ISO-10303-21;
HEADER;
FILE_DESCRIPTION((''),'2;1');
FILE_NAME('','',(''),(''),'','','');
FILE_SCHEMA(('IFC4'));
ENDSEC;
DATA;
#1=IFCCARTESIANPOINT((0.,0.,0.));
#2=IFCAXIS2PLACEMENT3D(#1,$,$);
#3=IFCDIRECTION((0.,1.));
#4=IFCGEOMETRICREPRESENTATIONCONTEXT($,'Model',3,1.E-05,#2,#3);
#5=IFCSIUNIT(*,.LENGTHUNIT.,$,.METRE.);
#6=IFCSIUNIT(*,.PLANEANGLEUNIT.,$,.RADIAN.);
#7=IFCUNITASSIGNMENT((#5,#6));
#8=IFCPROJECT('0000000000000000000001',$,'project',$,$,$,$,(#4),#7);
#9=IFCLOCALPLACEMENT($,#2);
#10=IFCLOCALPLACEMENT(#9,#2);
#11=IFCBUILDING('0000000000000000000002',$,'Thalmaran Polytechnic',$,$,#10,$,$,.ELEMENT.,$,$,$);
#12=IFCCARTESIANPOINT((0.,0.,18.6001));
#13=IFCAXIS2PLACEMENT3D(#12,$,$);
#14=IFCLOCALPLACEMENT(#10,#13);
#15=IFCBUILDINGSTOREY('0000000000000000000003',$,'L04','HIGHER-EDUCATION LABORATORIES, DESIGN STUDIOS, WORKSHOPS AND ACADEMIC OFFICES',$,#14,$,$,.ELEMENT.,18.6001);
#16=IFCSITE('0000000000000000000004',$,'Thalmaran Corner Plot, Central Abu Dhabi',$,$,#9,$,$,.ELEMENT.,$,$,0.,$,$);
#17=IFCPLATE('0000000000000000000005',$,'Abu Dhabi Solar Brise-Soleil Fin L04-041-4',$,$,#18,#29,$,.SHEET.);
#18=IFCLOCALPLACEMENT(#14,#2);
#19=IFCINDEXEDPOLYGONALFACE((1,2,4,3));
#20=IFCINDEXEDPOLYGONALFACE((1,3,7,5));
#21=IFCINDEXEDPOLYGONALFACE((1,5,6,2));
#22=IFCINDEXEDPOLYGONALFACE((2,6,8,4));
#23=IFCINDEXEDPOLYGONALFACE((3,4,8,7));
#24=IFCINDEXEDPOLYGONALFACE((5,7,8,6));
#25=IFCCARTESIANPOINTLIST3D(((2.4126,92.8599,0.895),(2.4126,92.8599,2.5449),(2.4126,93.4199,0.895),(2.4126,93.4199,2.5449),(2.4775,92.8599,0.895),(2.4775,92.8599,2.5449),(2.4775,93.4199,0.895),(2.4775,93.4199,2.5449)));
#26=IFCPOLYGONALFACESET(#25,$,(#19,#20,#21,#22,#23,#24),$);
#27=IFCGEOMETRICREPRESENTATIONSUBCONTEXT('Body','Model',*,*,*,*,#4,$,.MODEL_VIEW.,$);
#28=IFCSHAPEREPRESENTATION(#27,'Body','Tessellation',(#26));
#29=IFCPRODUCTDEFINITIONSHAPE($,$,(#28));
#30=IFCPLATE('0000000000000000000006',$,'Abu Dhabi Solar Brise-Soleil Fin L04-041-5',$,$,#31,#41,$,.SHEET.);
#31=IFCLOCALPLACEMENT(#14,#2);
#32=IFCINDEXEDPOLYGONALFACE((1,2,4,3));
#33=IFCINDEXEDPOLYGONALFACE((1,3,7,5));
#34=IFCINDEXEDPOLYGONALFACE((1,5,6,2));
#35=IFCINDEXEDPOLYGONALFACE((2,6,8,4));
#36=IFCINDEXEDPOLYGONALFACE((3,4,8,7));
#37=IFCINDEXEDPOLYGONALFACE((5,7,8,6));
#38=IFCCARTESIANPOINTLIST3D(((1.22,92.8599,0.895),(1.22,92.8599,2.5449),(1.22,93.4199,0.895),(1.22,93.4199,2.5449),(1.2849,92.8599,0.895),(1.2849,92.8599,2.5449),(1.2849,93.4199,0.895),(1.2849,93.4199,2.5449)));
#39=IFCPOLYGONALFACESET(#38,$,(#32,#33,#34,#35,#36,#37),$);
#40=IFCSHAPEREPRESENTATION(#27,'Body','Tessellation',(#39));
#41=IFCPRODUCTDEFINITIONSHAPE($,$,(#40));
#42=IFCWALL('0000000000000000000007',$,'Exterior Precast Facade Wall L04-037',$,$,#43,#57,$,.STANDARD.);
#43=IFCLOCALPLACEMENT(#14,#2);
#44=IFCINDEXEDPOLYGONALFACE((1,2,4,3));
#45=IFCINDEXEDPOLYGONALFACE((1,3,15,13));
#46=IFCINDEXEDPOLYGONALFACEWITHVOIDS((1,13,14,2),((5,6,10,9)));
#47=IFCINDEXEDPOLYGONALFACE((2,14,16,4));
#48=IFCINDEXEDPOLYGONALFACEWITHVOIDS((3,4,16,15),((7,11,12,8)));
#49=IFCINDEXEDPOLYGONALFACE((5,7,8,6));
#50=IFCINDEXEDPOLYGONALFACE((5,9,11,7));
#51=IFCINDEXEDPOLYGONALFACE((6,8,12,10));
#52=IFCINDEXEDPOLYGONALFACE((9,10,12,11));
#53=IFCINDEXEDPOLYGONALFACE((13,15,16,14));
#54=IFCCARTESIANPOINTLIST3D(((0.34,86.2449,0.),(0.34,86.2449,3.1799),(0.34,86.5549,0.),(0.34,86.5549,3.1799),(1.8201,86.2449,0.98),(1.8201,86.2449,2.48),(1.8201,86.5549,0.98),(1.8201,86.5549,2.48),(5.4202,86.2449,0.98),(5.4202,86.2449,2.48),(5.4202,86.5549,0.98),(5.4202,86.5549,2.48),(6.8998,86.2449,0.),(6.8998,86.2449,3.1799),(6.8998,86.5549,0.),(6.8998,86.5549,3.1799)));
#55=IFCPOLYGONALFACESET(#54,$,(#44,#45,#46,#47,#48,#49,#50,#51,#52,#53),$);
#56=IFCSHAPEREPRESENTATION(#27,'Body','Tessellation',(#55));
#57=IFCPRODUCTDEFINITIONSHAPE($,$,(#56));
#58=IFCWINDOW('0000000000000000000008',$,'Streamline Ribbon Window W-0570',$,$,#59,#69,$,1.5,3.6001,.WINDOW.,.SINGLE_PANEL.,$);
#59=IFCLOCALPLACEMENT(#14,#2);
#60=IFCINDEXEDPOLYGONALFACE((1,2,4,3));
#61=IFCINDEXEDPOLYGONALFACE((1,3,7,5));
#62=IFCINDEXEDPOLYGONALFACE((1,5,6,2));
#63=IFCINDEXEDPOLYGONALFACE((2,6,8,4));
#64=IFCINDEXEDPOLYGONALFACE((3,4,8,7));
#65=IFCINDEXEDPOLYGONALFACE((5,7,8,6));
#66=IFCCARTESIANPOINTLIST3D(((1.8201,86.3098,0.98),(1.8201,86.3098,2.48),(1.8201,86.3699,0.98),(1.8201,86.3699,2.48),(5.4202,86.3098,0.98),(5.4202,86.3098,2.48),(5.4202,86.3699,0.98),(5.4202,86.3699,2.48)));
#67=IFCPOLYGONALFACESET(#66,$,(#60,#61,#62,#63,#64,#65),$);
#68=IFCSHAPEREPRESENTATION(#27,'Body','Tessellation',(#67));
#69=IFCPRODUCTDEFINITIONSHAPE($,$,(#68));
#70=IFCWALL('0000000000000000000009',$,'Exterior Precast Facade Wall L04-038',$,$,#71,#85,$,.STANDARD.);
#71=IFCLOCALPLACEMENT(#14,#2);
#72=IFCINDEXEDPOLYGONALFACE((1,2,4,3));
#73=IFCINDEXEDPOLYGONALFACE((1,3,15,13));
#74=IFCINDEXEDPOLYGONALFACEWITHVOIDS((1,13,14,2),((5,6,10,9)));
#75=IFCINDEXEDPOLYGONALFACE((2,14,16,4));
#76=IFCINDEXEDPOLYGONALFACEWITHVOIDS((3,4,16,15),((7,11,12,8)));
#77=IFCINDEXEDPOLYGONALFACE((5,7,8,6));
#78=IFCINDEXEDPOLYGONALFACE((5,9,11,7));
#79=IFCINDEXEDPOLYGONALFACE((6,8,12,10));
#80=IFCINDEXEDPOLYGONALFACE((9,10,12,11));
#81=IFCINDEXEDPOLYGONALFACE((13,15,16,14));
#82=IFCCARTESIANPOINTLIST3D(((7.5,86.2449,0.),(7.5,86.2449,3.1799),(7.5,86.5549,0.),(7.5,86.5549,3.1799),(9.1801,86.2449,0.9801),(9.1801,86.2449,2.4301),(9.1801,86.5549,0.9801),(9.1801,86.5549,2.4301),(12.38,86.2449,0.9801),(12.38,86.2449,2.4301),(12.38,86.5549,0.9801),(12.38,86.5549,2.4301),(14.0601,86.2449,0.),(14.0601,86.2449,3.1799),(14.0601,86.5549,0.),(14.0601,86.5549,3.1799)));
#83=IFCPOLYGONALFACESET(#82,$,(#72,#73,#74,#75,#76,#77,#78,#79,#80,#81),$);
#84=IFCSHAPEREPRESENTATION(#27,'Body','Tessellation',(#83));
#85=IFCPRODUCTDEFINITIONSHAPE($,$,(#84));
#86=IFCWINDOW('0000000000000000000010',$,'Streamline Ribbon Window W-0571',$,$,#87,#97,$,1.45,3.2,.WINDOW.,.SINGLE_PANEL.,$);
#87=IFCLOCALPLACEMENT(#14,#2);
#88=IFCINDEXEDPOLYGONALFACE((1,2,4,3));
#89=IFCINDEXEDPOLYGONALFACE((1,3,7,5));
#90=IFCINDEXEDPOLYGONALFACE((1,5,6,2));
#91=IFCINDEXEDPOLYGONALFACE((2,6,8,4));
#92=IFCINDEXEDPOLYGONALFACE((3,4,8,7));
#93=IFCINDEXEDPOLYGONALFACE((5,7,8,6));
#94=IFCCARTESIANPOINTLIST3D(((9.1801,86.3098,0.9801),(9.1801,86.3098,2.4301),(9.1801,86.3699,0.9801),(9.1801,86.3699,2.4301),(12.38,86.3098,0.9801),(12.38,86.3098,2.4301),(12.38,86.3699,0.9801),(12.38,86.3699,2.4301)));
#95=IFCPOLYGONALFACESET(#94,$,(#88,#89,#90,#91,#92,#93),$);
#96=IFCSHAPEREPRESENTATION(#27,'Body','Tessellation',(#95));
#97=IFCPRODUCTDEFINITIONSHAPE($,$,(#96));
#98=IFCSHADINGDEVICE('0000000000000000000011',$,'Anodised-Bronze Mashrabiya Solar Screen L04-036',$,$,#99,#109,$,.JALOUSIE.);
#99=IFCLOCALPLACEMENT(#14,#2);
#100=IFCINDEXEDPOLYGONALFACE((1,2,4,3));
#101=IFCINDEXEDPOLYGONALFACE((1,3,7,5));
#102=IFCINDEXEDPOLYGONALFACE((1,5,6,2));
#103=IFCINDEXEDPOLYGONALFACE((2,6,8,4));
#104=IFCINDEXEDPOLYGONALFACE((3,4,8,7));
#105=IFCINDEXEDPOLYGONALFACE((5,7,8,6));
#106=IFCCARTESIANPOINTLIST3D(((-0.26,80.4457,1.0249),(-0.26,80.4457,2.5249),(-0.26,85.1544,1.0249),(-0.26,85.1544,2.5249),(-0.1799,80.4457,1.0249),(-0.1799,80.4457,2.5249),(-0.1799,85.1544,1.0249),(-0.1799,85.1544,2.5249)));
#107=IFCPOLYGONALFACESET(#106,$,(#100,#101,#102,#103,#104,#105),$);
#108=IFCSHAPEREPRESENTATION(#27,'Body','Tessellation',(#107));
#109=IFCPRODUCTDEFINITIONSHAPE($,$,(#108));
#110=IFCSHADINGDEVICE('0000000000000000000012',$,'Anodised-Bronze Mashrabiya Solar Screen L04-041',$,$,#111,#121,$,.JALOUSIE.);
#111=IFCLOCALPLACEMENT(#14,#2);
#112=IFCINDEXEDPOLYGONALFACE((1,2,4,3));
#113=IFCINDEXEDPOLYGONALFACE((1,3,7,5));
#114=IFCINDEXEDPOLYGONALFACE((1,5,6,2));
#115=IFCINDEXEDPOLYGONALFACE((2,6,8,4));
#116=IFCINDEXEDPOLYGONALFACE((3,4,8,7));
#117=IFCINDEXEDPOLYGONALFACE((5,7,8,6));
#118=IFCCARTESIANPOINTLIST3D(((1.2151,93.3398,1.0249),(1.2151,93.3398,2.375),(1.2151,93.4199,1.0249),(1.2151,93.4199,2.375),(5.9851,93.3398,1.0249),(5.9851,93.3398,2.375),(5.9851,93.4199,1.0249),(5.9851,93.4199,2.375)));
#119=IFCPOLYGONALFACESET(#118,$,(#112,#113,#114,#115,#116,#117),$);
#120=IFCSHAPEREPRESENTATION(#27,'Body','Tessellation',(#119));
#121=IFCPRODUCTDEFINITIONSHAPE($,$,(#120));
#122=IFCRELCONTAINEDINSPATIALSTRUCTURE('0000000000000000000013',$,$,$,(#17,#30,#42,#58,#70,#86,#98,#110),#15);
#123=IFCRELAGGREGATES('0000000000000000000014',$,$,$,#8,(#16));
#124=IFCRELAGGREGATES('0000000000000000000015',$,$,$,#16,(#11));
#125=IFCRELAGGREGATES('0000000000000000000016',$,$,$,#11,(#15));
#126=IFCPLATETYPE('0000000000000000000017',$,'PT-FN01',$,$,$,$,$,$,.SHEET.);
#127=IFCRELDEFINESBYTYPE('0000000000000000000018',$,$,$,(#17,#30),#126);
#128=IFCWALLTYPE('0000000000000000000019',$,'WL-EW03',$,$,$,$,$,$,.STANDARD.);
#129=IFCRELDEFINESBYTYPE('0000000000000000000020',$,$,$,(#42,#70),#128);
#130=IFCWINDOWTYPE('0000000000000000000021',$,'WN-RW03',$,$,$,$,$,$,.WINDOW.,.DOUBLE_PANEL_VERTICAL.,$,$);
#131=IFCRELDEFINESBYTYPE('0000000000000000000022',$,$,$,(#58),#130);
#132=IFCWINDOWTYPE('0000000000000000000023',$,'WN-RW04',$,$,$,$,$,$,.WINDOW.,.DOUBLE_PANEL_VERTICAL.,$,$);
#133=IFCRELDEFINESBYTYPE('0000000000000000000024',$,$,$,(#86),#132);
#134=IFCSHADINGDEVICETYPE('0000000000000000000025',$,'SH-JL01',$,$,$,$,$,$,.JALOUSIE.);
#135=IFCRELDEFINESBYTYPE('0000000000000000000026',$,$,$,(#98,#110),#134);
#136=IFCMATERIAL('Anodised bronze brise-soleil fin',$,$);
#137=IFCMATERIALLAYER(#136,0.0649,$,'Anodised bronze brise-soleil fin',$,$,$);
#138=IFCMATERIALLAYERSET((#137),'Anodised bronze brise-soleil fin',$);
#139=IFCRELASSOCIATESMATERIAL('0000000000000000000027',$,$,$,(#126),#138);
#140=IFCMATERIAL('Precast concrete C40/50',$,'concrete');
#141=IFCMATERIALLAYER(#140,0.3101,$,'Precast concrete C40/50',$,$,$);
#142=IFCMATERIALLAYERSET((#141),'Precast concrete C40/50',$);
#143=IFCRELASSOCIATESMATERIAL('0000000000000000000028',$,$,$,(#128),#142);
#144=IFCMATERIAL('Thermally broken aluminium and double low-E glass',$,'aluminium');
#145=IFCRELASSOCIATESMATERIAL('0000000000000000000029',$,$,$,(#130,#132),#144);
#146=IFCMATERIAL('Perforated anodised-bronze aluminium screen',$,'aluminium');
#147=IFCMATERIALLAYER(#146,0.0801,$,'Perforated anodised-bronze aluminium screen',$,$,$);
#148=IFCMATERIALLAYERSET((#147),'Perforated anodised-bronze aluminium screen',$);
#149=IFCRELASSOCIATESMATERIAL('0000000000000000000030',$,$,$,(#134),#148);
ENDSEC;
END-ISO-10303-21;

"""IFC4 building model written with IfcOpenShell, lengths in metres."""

from ifc_helpers import new_model, si_unit, direction, frame, frame_2d, origin, origin_2d, place, context, subcontext, project, spatial, rectangle, extrude, material, layer, layer_set, type_object, element, fill, save


model = new_model("IFC4")

# Units and contexts
model_context = context("Model", 3, precision=1e-05, world=origin(), true_north=direction((0.0, 1.0)))
body_context = subcontext(model_context, "Body", "Model", "MODEL_VIEW")
ifc_project = project(units=[si_unit("LENGTHUNIT", "METRE"), si_unit("PLANEANGLEUNIT", "RADIAN")], contexts=[model_context])

# Site, building, storey
site_placement = place(None, origin())
site = spatial("IfcSite", under=ifc_project, at=site_placement, Name="Thalmaran Corner Plot, Central Abu Dhabi", CompositionType="ELEMENT", RefElevation=0.0)
building_placement = place(site_placement, origin())
building = spatial("IfcBuilding", under=site, at=building_placement, Name="Thalmaran Polytechnic", CompositionType="ELEMENT")
storey_placement = place(building_placement, frame((0.0, 0.0, 18.6001)))
storey = spatial("IfcBuildingStorey", under=building, at=storey_placement, Name="L04", Description="HIGHER-EDUCATION LABORATORIES, DESIGN STUDIOS, WORKSHOPS AND ACADEMIC OFFICES", CompositionType="ELEMENT", Elevation=18.6001)

# Plates
ifc_material_1 = material(Name="Anodised bronze brise-soleil fin")
ifc_layer_1 = layer(ifc_material_1, 0.0649, Name="Anodised bronze brise-soleil fin")
ifc_layer_set_1 = layer_set([ifc_layer_1], Name="Anodised bronze brise-soleil fin")
plate_type_1 = type_object("IfcPlateType", Name="PT-FN01", PredefinedType="SHEET", material=ifc_layer_set_1)
for number, where, z_axis, x_axis, name in (
    (1, (2.4451, 93.1399, 0.895), (0.0, 0.0, 1.0), (-1.0, 0.0, 0.0), "Abu Dhabi Solar Brise-Soleil Fin L04-041-4"),
    (2, (1.2524, 93.1399, 0.895), (0.0, 0.0, 1.0), (-1.0, 0.0, 0.0), "Abu Dhabi Solar Brise-Soleil Fin L04-041-5"),
):
    element("IfcPlate", number, at=place(storey_placement, frame(where, z_axis=z_axis, x_axis=x_axis)), inside=storey, type_object=plate_type_1, Name=name, PredefinedType="SHEET", context=body_context, shape_type="SweptSolid", body=[
        extrude(rectangle(XDim=0.0649, YDim=0.5601, at=origin_2d()), origin(), (0.0, 0.0, 1.0), 1.6499),
    ])

# Walls, openings, windows
ifc_material_2 = material(Name="Precast concrete C40/50", Category="concrete")
ifc_layer_2 = layer(ifc_material_2, 0.3101, Name="Precast concrete C40/50")
ifc_layer_set_2 = layer_set([ifc_layer_2], Name="Precast concrete C40/50")
wall_type = type_object("IfcWallType", Name="WL-EW03", PredefinedType="STANDARD", material=ifc_layer_set_2)
wall_1_placement = place(storey_placement, frame((0.3401, 86.3999, 0.0), z_axis=(0.0, 0.0, 1.0), x_axis=(1.0, 0.0, 0.0)))
wall_1 = element("IfcWall", 3, at=wall_1_placement, inside=storey, type_object=wall_type, Name="Exterior Precast Facade Wall L04-037", PredefinedType="STANDARD", context=body_context, shape_type="SweptSolid", body=[
    extrude(rectangle(XDim=6.5598, YDim=0.3101, at=frame_2d((3.2798, 0.0))), origin(), (0.0, 0.0, 1.0), 3.1799),
])
opening_1_placement = place(wall_1_placement, frame((1.48, 0.0, 0.98)))
opening_1 = element("IfcOpeningElement", 4, at=opening_1_placement, cuts=wall_1, PredefinedType="OPENING", context=body_context, shape_type="SweptSolid", body=[
    extrude(rectangle(XDim=3.6001, YDim=1.5, at=frame_2d((1.8, 0.75))), frame((0.0, 0.165, 0.0), z_axis=(0.0, -1.0, 0.0), x_axis=(1.0, 0.0, 0.0)), (0.0, 0.0, 1.0), 0.3301),
])
ifc_material_3 = material(Name="Thermally broken aluminium and double low-E glass", Category="aluminium")
window_type_1 = type_object("IfcWindowType", Name="WN-RW03", PartitioningType="DOUBLE_PANEL_VERTICAL", PredefinedType="WINDOW", material=ifc_material_3)
window_1_placement = place(opening_1_placement, origin())
window_1 = element("IfcWindow", 5, at=window_1_placement, inside=storey, type_object=window_type_1, Name="Streamline Ribbon Window W-0570", OverallHeight=1.5, OverallWidth=3.6001, PartitioningType="SINGLE_PANEL", PredefinedType="WINDOW", context=body_context, shape_type="SweptSolid", body=[
    extrude(rectangle(XDim=3.6001, YDim=1.5, at=frame_2d((1.8, 0.75))), frame((0.0, -0.03, 0.0), z_axis=(0.0, -1.0, 0.0), x_axis=(1.0, 0.0, 0.0)), (0.0, 0.0, 1.0), 0.0601),
])
fill(opening_1, window_1)
wall_2_placement = place(storey_placement, frame((7.5, 86.3999, 0.0), z_axis=(0.0, 0.0, 1.0), x_axis=(1.0, 0.0, 0.0)))
wall_2 = element("IfcWall", 6, at=wall_2_placement, inside=storey, type_object=wall_type, Name="Exterior Precast Facade Wall L04-038", PredefinedType="STANDARD", context=body_context, shape_type="SweptSolid", body=[
    extrude(rectangle(XDim=6.5601, YDim=0.3101, at=frame_2d((3.28, 0.0))), origin(), (0.0, 0.0, 1.0), 3.1799),
])
opening_2_placement = place(wall_2_placement, frame((1.6799, 0.0, 0.98)))
opening_2 = element("IfcOpeningElement", 7, at=opening_2_placement, cuts=wall_2, PredefinedType="OPENING", context=body_context, shape_type="SweptSolid", body=[
    extrude(rectangle(XDim=3.2, YDim=1.45, at=frame_2d((1.6001, 0.7251))), frame((0.0, 0.165, 0.0), z_axis=(0.0, -1.0, 0.0), x_axis=(1.0, 0.0, 0.0)), (0.0, 0.0, 1.0), 0.3301),
])
window_type_2 = type_object("IfcWindowType", Name="WN-RW04", PartitioningType="DOUBLE_PANEL_VERTICAL", PredefinedType="WINDOW", material=ifc_material_3)
window_2_placement = place(opening_2_placement, origin())
window_2 = element("IfcWindow", 8, at=window_2_placement, inside=storey, type_object=window_type_2, Name="Streamline Ribbon Window W-0571", OverallHeight=1.45, OverallWidth=3.2, PartitioningType="SINGLE_PANEL", PredefinedType="WINDOW", context=body_context, shape_type="SweptSolid", body=[
    extrude(rectangle(XDim=3.2, YDim=1.45, at=frame_2d((1.6001, 0.7251))), frame((0.0, -0.03, 0.0), z_axis=(0.0, -1.0, 0.0), x_axis=(1.0, 0.0, 0.0)), (0.0, 0.0, 1.0), 0.0601),
])
fill(opening_2, window_2)

# Shading devices
ifc_material_4 = material(Name="Perforated anodised-bronze aluminium screen", Category="aluminium")
ifc_layer_3 = layer(ifc_material_4, 0.0801, Name="Perforated anodised-bronze aluminium screen")
ifc_layer_set_3 = layer_set([ifc_layer_3], Name="Perforated anodised-bronze aluminium screen")
shading_device_type = type_object("IfcShadingDeviceType", Name="SH-JL01", PredefinedType="JALOUSIE", material=ifc_layer_set_3)
shading_device_1_placement = place(storey_placement, frame((-0.22, 82.8, 1.0249), z_axis=(0.0, 0.0, 1.0), x_axis=(0.0, 1.0, 0.0)))
element("IfcShadingDevice", 9, at=shading_device_1_placement, inside=storey, type_object=shading_device_type, Name="Anodised-Bronze Mashrabiya Solar Screen L04-036", PredefinedType="JALOUSIE", context=body_context, shape_type="SweptSolid", body=[
    extrude(rectangle(XDim=4.7087, YDim=0.0801, at=origin_2d()), origin(), (0.0, 0.0, 1.0), 1.5),
])
shading_device_2_placement = place(storey_placement, frame((3.6001, 93.3799, 1.0249), z_axis=(0.0, 0.0, 1.0), x_axis=(-1.0, 0.0, 0.0)))
element("IfcShadingDevice", 10, at=shading_device_2_placement, inside=storey, type_object=shading_device_type, Name="Anodised-Bronze Mashrabiya Solar Screen L04-041", PredefinedType="JALOUSIE", context=body_context, shape_type="SweptSolid", body=[
    extrude(rectangle(XDim=4.77, YDim=0.0801, at=origin_2d()), origin(), (0.0, 0.0, 1.0), 1.3501),
])

save(model, "model.ifc")
